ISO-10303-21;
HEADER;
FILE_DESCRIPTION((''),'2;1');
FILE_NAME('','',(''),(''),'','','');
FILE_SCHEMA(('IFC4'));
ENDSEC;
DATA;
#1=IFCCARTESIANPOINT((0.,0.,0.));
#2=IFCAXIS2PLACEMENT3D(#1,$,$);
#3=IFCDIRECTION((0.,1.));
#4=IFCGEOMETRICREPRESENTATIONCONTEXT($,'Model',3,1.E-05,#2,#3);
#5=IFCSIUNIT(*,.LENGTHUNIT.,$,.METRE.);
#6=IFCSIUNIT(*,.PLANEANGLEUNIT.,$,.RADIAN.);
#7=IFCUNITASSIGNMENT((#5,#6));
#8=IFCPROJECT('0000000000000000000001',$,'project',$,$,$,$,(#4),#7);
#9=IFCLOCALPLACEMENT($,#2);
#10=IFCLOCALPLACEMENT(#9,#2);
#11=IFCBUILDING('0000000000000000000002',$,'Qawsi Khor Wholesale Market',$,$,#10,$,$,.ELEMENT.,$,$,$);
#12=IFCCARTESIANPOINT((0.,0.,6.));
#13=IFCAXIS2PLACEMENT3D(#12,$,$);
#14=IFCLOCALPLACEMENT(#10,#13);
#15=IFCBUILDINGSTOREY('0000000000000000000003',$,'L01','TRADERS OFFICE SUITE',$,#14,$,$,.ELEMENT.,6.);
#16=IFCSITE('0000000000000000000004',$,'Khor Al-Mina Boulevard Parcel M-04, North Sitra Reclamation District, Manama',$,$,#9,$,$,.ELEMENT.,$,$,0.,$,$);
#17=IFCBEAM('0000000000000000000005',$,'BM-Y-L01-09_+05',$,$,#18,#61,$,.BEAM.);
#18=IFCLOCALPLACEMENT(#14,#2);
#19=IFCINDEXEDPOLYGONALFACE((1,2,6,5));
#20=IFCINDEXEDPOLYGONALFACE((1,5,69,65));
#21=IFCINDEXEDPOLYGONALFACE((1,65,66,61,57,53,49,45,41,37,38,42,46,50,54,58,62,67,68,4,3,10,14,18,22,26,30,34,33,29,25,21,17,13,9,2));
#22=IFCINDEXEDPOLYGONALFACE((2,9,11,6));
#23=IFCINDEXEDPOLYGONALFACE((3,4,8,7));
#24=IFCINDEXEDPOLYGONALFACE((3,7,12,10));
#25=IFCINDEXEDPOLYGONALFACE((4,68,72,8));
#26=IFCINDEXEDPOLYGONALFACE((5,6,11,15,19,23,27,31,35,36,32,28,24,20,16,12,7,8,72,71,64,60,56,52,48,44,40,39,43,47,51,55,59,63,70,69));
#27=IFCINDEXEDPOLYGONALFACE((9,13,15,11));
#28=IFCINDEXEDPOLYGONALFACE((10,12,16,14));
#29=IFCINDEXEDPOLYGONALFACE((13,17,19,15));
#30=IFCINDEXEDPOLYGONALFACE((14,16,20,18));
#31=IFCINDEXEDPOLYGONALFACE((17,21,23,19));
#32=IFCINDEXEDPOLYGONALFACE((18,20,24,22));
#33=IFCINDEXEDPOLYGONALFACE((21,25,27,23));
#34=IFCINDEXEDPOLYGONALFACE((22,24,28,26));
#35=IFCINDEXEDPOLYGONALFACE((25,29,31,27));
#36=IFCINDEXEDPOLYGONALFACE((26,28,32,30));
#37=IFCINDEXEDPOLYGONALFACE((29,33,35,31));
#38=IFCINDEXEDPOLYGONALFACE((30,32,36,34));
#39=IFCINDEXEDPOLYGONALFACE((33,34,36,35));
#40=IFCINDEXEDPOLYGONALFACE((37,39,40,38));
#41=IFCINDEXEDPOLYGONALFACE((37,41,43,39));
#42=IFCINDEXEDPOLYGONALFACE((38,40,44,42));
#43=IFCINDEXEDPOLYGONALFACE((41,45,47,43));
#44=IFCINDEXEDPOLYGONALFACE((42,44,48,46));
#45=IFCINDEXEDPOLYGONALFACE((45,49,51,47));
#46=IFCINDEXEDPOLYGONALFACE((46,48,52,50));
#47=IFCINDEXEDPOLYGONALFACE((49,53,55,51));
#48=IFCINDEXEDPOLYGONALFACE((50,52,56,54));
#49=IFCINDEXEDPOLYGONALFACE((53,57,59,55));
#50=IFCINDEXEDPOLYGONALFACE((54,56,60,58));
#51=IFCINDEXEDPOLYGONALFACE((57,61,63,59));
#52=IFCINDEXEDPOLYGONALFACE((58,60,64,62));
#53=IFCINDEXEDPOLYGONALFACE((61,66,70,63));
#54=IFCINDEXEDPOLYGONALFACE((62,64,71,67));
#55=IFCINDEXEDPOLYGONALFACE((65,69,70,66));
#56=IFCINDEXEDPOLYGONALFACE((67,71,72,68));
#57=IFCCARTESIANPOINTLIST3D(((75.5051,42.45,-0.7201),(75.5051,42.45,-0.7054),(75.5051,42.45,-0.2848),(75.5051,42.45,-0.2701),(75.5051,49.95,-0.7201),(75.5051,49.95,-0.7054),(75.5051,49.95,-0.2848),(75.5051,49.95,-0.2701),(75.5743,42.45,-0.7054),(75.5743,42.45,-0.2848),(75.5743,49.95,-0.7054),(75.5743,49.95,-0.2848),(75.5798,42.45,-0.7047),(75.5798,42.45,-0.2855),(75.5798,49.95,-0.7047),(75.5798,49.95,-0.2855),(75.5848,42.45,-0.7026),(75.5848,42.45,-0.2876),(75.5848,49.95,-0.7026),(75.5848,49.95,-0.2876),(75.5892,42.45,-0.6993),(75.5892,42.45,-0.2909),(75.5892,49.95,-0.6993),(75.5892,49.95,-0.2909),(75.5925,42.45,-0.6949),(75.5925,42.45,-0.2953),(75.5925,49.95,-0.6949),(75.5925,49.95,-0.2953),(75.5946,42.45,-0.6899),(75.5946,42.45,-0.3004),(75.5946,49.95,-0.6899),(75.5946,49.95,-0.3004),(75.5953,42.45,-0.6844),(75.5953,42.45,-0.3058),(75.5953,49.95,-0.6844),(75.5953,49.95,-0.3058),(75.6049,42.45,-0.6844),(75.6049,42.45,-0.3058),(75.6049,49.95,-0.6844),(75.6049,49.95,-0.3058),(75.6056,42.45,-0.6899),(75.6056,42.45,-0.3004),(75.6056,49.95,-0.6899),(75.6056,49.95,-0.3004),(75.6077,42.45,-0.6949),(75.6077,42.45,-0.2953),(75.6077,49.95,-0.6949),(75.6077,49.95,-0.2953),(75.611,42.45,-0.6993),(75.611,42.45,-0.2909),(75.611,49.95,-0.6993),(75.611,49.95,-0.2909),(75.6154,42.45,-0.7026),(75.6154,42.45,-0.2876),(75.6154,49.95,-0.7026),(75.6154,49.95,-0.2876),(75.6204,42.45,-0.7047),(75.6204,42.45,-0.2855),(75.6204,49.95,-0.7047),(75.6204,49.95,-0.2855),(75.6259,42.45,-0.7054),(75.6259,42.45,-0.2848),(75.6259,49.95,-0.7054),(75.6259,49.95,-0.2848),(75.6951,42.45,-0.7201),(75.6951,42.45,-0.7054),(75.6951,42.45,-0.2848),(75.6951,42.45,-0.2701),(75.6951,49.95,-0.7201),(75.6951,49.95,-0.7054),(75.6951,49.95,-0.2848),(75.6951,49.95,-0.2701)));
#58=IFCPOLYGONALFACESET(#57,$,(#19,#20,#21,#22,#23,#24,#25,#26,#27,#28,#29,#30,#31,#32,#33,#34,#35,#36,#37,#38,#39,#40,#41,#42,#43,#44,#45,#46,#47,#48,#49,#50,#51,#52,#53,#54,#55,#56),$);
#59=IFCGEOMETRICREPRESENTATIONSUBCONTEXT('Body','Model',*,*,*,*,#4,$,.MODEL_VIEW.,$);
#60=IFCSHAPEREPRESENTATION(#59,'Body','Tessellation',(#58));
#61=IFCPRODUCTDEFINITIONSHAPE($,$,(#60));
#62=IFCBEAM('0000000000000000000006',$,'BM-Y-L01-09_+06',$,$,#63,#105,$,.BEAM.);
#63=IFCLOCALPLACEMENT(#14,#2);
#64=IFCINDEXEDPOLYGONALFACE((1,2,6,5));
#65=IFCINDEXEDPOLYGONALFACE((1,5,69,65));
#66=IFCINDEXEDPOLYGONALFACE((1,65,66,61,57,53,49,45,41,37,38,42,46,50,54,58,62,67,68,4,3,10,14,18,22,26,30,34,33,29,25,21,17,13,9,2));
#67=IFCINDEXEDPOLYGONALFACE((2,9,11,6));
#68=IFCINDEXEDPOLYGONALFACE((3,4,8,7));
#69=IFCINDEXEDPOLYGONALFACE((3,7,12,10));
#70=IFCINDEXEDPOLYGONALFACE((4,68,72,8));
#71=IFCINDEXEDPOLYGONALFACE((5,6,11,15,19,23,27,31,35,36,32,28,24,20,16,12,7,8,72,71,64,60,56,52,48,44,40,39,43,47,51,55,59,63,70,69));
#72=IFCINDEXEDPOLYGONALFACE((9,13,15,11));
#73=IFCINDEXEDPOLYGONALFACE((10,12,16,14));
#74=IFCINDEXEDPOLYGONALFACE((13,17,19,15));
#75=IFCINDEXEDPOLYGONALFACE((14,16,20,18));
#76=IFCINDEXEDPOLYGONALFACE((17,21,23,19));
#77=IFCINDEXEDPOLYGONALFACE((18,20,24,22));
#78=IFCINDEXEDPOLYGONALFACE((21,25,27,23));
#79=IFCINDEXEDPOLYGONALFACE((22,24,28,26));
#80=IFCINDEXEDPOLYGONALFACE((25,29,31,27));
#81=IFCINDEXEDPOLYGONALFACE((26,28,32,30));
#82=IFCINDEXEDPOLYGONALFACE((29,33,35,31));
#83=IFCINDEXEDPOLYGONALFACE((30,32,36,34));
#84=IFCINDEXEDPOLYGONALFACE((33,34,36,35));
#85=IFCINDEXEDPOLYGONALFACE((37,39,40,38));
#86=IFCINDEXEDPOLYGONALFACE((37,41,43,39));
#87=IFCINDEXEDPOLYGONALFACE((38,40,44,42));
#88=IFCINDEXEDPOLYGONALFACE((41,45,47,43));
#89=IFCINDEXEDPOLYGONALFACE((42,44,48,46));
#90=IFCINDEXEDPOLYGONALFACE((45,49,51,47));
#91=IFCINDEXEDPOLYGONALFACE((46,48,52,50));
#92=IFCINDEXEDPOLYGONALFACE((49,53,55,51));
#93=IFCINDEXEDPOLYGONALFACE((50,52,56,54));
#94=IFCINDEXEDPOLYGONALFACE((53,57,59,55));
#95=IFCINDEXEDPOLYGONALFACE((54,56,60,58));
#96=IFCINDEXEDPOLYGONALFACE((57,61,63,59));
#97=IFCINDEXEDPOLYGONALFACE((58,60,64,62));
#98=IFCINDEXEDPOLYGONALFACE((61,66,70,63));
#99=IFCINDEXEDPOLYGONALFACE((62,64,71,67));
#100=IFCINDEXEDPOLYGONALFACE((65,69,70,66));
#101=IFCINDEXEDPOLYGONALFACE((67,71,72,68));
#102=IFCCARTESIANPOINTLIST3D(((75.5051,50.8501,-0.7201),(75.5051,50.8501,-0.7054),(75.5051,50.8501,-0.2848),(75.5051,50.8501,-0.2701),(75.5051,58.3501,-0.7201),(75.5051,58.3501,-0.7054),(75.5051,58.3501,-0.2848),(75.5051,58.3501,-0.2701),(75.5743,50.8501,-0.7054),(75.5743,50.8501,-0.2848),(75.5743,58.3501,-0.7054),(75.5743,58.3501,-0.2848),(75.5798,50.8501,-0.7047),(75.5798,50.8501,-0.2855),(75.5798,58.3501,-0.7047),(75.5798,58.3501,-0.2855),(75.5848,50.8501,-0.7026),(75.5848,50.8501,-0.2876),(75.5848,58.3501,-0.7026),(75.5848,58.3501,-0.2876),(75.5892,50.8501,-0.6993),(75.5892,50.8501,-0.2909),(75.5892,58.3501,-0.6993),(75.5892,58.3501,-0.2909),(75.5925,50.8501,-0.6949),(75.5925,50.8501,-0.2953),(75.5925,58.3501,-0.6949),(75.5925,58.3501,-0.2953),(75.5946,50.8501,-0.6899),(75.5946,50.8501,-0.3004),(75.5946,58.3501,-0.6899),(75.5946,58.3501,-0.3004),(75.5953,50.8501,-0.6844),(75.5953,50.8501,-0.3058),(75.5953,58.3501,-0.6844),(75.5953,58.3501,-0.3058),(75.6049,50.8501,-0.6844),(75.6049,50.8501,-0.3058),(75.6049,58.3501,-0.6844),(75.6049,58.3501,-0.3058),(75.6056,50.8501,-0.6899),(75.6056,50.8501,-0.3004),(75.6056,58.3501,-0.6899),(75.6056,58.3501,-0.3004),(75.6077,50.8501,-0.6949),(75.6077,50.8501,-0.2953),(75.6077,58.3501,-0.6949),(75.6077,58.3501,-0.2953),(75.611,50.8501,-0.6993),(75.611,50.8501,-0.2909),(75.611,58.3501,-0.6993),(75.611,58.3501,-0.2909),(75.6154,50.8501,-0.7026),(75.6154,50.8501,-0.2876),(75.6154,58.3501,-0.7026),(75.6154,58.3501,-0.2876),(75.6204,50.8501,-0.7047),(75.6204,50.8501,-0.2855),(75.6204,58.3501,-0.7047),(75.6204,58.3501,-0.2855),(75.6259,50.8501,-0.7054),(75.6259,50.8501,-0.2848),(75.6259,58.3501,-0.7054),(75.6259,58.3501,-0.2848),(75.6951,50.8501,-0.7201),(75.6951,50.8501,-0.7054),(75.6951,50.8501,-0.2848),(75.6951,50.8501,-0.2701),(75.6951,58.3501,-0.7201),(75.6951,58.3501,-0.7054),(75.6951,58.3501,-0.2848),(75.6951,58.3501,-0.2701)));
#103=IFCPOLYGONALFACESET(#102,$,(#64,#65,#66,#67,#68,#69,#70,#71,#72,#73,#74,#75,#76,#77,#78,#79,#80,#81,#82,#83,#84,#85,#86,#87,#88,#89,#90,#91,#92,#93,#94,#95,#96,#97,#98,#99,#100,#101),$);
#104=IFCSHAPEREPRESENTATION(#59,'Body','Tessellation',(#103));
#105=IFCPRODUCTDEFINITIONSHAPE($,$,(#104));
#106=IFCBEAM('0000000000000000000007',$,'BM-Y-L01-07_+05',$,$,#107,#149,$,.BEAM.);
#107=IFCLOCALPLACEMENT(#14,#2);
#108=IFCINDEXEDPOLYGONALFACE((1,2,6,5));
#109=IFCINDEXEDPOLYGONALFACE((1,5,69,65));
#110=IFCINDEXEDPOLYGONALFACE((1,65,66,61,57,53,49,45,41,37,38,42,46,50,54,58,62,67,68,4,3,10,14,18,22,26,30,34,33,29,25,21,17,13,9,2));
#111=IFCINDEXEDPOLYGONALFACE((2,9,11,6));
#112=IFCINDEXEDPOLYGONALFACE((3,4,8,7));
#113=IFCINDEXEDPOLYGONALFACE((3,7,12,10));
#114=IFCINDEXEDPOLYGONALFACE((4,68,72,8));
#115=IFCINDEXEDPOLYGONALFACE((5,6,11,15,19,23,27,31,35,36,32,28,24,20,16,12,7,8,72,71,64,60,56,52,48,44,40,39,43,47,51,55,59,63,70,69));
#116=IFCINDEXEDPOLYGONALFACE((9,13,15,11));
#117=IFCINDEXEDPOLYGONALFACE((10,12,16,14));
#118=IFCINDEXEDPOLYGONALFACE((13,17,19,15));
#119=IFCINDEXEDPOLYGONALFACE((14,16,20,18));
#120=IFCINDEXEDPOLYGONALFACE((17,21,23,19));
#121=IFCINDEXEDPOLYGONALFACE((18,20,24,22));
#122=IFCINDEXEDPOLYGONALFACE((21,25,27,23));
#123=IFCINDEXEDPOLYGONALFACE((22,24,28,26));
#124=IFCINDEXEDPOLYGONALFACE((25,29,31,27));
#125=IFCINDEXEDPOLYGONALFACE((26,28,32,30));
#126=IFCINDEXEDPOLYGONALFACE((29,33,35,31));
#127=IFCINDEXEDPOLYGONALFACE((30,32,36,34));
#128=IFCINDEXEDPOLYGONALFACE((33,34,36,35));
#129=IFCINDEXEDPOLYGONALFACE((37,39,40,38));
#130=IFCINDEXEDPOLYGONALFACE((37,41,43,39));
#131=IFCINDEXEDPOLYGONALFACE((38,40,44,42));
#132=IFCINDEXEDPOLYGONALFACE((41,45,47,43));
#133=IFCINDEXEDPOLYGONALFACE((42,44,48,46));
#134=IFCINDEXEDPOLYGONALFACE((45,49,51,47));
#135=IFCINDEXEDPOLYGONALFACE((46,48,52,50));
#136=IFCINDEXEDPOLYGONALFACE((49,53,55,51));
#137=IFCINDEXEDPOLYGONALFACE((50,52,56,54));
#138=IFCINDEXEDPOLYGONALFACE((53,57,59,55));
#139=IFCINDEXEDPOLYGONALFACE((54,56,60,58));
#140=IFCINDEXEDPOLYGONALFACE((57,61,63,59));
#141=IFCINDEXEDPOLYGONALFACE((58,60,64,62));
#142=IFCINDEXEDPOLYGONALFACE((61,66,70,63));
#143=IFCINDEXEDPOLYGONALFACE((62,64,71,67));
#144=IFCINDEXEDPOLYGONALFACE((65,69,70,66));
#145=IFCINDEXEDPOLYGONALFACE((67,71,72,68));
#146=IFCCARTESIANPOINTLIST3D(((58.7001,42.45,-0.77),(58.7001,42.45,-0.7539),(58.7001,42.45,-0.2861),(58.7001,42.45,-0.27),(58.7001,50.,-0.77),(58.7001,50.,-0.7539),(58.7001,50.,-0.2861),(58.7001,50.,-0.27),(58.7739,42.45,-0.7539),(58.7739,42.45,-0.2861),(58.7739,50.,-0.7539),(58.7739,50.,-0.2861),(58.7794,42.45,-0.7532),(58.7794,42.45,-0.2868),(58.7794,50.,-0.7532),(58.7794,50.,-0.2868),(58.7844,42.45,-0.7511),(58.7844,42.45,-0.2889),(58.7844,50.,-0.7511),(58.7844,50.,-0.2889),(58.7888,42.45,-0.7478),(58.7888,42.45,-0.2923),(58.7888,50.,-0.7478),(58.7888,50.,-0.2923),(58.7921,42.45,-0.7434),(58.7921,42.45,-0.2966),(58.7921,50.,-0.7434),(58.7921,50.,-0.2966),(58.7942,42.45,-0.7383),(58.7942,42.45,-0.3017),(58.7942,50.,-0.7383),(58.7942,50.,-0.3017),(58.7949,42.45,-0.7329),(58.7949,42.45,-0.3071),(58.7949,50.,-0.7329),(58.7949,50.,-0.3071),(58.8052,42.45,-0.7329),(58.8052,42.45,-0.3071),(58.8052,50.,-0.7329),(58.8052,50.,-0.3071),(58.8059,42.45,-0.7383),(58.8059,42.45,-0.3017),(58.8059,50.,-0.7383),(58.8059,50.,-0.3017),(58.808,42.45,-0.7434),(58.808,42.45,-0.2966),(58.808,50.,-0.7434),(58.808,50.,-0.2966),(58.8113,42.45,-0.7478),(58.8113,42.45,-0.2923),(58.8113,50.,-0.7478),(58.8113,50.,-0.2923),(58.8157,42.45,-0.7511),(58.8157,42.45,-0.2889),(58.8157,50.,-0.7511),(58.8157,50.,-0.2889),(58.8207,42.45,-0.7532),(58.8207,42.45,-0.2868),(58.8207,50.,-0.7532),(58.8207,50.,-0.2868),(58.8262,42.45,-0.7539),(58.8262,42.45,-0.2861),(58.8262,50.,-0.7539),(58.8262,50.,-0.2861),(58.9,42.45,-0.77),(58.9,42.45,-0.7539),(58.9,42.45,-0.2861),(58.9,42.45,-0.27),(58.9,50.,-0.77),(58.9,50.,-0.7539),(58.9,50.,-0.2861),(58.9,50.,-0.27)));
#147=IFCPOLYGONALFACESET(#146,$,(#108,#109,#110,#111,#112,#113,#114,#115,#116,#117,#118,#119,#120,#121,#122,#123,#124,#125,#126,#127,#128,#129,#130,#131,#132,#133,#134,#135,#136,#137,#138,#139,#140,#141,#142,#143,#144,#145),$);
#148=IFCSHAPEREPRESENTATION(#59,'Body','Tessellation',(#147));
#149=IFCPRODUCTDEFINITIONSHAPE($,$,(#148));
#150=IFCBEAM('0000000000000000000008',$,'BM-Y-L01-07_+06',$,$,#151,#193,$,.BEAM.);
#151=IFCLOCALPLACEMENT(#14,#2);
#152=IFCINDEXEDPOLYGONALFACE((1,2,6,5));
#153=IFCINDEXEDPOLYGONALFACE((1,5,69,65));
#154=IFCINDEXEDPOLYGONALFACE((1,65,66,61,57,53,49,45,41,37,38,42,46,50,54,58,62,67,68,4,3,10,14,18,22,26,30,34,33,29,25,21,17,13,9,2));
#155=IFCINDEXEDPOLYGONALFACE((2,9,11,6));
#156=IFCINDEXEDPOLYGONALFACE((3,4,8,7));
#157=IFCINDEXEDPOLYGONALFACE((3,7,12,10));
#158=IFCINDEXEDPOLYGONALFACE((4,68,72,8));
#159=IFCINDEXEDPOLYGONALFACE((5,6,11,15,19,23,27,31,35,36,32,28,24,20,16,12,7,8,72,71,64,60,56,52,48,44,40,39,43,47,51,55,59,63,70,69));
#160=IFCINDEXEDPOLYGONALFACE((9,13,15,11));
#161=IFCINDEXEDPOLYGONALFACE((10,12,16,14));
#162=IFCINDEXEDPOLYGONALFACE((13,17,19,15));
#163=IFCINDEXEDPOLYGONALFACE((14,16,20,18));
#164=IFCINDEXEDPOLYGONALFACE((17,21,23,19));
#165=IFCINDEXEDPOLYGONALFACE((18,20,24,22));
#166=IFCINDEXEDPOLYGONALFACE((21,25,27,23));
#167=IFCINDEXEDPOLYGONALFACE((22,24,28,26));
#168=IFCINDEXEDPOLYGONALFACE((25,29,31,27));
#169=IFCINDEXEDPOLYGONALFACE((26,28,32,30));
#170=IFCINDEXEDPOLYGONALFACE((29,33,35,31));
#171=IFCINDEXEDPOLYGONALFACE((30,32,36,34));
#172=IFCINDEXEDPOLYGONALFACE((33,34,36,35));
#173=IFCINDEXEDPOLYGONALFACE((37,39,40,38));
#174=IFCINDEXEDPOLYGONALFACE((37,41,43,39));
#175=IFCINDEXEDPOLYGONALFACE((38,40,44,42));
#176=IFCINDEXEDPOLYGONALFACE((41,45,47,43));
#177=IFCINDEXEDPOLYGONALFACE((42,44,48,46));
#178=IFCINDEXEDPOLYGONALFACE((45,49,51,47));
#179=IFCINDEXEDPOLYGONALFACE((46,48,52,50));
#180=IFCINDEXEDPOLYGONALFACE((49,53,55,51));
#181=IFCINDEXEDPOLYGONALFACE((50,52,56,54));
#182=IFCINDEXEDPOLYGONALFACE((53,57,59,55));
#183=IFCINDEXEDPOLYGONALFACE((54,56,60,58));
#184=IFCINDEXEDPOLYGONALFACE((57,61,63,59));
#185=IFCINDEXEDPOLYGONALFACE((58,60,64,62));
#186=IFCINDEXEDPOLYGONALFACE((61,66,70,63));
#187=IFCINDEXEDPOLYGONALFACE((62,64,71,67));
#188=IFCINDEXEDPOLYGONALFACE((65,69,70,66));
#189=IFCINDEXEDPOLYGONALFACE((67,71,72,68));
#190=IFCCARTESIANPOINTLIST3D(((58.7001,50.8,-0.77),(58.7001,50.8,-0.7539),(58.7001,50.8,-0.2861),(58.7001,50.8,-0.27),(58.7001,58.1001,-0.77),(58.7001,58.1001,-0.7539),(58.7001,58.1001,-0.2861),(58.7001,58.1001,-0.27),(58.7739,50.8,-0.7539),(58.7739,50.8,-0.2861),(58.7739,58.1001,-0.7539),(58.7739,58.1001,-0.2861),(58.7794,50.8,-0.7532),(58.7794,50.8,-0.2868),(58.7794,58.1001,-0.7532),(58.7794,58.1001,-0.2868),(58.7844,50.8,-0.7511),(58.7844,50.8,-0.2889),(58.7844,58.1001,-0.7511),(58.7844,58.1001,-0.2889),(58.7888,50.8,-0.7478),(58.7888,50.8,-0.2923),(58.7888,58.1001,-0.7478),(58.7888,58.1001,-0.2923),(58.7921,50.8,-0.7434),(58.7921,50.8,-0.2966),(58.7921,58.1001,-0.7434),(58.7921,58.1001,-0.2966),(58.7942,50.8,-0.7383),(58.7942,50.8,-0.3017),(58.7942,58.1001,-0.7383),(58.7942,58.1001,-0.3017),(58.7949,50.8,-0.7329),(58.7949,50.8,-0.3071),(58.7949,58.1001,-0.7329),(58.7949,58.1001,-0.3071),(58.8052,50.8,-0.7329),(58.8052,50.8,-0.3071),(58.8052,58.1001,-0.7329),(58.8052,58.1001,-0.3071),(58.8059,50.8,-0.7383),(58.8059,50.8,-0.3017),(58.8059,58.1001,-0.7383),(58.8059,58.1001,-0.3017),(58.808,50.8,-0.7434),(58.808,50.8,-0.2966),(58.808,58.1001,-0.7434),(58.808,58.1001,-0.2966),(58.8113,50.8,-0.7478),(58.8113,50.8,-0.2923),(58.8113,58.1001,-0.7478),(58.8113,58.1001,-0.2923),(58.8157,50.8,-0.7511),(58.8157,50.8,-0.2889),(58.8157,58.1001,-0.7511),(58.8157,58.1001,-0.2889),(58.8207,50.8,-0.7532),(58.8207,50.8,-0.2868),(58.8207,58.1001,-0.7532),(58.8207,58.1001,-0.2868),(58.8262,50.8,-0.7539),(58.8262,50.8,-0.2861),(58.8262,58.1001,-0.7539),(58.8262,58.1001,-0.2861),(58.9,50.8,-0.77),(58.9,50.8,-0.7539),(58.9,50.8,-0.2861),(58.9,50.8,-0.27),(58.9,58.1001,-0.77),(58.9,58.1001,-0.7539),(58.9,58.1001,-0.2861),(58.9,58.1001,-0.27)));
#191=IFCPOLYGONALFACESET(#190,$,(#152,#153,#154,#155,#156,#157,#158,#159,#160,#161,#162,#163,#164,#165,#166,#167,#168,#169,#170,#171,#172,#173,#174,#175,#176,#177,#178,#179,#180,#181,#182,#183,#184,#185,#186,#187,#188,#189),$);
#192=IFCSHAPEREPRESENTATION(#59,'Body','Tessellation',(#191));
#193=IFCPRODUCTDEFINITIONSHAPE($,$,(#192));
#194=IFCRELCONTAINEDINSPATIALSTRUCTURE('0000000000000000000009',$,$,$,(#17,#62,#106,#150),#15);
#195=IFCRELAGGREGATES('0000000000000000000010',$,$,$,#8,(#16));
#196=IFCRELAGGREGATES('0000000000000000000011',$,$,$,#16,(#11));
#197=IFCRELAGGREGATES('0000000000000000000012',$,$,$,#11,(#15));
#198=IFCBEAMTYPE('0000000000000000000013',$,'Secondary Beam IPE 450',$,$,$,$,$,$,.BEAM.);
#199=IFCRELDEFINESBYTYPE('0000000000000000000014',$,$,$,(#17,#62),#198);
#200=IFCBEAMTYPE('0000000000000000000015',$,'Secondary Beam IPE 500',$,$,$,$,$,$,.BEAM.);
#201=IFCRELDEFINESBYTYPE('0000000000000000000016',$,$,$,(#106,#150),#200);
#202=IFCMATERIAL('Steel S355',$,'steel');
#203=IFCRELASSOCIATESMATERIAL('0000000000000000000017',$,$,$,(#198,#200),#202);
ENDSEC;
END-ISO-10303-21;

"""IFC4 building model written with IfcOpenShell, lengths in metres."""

from ifc_helpers import new_model, si_unit, direction, frame, origin, origin_2d, place, context, subcontext, project, spatial, i_section, extrude, material, material_profile, profile_set, type_object, element, save


model = new_model("IFC4")

# Units and contexts
model_context = context("Model", 3, precision=1e-05, world=origin(), true_north=direction((0.0, 1.0)))
body_context = subcontext(model_context, "Body", "Model", "MODEL_VIEW")
ifc_project = project(units=[si_unit("LENGTHUNIT", "METRE"), si_unit("PLANEANGLEUNIT", "RADIAN")], contexts=[model_context])

# Site, building, storey
site_placement = place(None, origin())
site = spatial("IfcSite", under=ifc_project, at=site_placement, Name="Khor Al-Mina Boulevard Parcel M-04, North Sitra Reclamation District, Manama", CompositionType="ELEMENT", RefElevation=0.0)
building_placement = place(site_placement, origin())
building = spatial("IfcBuilding", under=site, at=building_placement, Name="Qawsi Khor Wholesale Market", CompositionType="ELEMENT")
storey_placement = place(building_placement, frame((0.0, 0.0, 6.0)))
storey = spatial("IfcBuildingStorey", under=building, at=storey_placement, Name="L01", Description="TRADERS OFFICE SUITE", CompositionType="ELEMENT", Elevation=6.0)

# Beams
ifc_material_1 = material(Name="Steel S355", Category="steel")
ifc_material_profile_1 = material_profile(ifc_material_1, i_section(OverallWidth=0.1899, OverallDepth=0.45, WebThickness=0.0095, FlangeThickness=0.0146, FilletRadius=0.021, at=origin_2d()), Name="IPE 450")
ifc_profile_set_1 = profile_set([ifc_material_profile_1], Name="Steel S355")
beam_type_1 = type_object("IfcBeamType", Name="Secondary Beam IPE 450", PredefinedType="BEAM", material=ifc_profile_set_1)
for number, where, z_axis, x_axis, name in (
    (1, (75.6001, 42.45, -0.4951), (0.0, 1.0, 0.0), (-1.0, 0.0, 0.0), "BM-Y-L01-09_+05"),
    (2, (75.6001, 50.8501, -0.4951), (0.0, 1.0, 0.0), (-1.0, 0.0, 0.0), "BM-Y-L01-09_+06"),
):
    element("IfcBeam", number, at=place(storey_placement, frame(where, z_axis=z_axis, x_axis=x_axis)), inside=storey, type_object=beam_type_1, Name=name, PredefinedType="BEAM", context=body_context, shape_type="SweptSolid", body=[
        extrude(i_section(OverallWidth=0.1899, OverallDepth=0.45, WebThickness=0.0095, FlangeThickness=0.0146, FilletRadius=0.021, at=origin_2d()), origin(), (0.0, 0.0, 1.0), 7.5),
    ])
ifc_material_profile_2 = material_profile(ifc_material_1, i_section(OverallWidth=0.2, OverallDepth=0.5, WebThickness=0.0103, FlangeThickness=0.0161, FilletRadius=0.021, at=origin_2d()), Name="IPE 500")
ifc_profile_set_2 = profile_set([ifc_material_profile_2], Name="Steel S355")
beam_type_2 = type_object("IfcBeamType", Name="Secondary Beam IPE 500", PredefinedType="BEAM", material=ifc_profile_set_2)
beam_1_placement = place(storey_placement, frame((58.8, 42.45, -0.52), z_axis=(0.0, 1.0, 0.0), x_axis=(-1.0, 0.0, 0.0)))
element("IfcBeam", 3, at=beam_1_placement, inside=storey, type_object=beam_type_2, Name="BM-Y-L01-07_+05", PredefinedType="BEAM", context=body_context, shape_type="SweptSolid", body=[
    extrude(i_section(OverallWidth=0.2, OverallDepth=0.5, WebThickness=0.0103, FlangeThickness=0.0161, FilletRadius=0.021, at=origin_2d()), origin(), (0.0, 0.0, 1.0), 7.55),
])
beam_2_placement = place(storey_placement, frame((58.8, 50.8, -0.52), z_axis=(0.0, 1.0, 0.0), x_axis=(-1.0, 0.0, 0.0)))
element("IfcBeam", 4, at=beam_2_placement, inside=storey, type_object=beam_type_2, Name="BM-Y-L01-07_+06", PredefinedType="BEAM", context=body_context, shape_type="SweptSolid", body=[
    extrude(i_section(OverallWidth=0.2, OverallDepth=0.5, WebThickness=0.0103, FlangeThickness=0.0161, FilletRadius=0.021, at=origin_2d()), origin(), (0.0, 0.0, 1.0), 7.3),
])

save(model, "model.ifc")
